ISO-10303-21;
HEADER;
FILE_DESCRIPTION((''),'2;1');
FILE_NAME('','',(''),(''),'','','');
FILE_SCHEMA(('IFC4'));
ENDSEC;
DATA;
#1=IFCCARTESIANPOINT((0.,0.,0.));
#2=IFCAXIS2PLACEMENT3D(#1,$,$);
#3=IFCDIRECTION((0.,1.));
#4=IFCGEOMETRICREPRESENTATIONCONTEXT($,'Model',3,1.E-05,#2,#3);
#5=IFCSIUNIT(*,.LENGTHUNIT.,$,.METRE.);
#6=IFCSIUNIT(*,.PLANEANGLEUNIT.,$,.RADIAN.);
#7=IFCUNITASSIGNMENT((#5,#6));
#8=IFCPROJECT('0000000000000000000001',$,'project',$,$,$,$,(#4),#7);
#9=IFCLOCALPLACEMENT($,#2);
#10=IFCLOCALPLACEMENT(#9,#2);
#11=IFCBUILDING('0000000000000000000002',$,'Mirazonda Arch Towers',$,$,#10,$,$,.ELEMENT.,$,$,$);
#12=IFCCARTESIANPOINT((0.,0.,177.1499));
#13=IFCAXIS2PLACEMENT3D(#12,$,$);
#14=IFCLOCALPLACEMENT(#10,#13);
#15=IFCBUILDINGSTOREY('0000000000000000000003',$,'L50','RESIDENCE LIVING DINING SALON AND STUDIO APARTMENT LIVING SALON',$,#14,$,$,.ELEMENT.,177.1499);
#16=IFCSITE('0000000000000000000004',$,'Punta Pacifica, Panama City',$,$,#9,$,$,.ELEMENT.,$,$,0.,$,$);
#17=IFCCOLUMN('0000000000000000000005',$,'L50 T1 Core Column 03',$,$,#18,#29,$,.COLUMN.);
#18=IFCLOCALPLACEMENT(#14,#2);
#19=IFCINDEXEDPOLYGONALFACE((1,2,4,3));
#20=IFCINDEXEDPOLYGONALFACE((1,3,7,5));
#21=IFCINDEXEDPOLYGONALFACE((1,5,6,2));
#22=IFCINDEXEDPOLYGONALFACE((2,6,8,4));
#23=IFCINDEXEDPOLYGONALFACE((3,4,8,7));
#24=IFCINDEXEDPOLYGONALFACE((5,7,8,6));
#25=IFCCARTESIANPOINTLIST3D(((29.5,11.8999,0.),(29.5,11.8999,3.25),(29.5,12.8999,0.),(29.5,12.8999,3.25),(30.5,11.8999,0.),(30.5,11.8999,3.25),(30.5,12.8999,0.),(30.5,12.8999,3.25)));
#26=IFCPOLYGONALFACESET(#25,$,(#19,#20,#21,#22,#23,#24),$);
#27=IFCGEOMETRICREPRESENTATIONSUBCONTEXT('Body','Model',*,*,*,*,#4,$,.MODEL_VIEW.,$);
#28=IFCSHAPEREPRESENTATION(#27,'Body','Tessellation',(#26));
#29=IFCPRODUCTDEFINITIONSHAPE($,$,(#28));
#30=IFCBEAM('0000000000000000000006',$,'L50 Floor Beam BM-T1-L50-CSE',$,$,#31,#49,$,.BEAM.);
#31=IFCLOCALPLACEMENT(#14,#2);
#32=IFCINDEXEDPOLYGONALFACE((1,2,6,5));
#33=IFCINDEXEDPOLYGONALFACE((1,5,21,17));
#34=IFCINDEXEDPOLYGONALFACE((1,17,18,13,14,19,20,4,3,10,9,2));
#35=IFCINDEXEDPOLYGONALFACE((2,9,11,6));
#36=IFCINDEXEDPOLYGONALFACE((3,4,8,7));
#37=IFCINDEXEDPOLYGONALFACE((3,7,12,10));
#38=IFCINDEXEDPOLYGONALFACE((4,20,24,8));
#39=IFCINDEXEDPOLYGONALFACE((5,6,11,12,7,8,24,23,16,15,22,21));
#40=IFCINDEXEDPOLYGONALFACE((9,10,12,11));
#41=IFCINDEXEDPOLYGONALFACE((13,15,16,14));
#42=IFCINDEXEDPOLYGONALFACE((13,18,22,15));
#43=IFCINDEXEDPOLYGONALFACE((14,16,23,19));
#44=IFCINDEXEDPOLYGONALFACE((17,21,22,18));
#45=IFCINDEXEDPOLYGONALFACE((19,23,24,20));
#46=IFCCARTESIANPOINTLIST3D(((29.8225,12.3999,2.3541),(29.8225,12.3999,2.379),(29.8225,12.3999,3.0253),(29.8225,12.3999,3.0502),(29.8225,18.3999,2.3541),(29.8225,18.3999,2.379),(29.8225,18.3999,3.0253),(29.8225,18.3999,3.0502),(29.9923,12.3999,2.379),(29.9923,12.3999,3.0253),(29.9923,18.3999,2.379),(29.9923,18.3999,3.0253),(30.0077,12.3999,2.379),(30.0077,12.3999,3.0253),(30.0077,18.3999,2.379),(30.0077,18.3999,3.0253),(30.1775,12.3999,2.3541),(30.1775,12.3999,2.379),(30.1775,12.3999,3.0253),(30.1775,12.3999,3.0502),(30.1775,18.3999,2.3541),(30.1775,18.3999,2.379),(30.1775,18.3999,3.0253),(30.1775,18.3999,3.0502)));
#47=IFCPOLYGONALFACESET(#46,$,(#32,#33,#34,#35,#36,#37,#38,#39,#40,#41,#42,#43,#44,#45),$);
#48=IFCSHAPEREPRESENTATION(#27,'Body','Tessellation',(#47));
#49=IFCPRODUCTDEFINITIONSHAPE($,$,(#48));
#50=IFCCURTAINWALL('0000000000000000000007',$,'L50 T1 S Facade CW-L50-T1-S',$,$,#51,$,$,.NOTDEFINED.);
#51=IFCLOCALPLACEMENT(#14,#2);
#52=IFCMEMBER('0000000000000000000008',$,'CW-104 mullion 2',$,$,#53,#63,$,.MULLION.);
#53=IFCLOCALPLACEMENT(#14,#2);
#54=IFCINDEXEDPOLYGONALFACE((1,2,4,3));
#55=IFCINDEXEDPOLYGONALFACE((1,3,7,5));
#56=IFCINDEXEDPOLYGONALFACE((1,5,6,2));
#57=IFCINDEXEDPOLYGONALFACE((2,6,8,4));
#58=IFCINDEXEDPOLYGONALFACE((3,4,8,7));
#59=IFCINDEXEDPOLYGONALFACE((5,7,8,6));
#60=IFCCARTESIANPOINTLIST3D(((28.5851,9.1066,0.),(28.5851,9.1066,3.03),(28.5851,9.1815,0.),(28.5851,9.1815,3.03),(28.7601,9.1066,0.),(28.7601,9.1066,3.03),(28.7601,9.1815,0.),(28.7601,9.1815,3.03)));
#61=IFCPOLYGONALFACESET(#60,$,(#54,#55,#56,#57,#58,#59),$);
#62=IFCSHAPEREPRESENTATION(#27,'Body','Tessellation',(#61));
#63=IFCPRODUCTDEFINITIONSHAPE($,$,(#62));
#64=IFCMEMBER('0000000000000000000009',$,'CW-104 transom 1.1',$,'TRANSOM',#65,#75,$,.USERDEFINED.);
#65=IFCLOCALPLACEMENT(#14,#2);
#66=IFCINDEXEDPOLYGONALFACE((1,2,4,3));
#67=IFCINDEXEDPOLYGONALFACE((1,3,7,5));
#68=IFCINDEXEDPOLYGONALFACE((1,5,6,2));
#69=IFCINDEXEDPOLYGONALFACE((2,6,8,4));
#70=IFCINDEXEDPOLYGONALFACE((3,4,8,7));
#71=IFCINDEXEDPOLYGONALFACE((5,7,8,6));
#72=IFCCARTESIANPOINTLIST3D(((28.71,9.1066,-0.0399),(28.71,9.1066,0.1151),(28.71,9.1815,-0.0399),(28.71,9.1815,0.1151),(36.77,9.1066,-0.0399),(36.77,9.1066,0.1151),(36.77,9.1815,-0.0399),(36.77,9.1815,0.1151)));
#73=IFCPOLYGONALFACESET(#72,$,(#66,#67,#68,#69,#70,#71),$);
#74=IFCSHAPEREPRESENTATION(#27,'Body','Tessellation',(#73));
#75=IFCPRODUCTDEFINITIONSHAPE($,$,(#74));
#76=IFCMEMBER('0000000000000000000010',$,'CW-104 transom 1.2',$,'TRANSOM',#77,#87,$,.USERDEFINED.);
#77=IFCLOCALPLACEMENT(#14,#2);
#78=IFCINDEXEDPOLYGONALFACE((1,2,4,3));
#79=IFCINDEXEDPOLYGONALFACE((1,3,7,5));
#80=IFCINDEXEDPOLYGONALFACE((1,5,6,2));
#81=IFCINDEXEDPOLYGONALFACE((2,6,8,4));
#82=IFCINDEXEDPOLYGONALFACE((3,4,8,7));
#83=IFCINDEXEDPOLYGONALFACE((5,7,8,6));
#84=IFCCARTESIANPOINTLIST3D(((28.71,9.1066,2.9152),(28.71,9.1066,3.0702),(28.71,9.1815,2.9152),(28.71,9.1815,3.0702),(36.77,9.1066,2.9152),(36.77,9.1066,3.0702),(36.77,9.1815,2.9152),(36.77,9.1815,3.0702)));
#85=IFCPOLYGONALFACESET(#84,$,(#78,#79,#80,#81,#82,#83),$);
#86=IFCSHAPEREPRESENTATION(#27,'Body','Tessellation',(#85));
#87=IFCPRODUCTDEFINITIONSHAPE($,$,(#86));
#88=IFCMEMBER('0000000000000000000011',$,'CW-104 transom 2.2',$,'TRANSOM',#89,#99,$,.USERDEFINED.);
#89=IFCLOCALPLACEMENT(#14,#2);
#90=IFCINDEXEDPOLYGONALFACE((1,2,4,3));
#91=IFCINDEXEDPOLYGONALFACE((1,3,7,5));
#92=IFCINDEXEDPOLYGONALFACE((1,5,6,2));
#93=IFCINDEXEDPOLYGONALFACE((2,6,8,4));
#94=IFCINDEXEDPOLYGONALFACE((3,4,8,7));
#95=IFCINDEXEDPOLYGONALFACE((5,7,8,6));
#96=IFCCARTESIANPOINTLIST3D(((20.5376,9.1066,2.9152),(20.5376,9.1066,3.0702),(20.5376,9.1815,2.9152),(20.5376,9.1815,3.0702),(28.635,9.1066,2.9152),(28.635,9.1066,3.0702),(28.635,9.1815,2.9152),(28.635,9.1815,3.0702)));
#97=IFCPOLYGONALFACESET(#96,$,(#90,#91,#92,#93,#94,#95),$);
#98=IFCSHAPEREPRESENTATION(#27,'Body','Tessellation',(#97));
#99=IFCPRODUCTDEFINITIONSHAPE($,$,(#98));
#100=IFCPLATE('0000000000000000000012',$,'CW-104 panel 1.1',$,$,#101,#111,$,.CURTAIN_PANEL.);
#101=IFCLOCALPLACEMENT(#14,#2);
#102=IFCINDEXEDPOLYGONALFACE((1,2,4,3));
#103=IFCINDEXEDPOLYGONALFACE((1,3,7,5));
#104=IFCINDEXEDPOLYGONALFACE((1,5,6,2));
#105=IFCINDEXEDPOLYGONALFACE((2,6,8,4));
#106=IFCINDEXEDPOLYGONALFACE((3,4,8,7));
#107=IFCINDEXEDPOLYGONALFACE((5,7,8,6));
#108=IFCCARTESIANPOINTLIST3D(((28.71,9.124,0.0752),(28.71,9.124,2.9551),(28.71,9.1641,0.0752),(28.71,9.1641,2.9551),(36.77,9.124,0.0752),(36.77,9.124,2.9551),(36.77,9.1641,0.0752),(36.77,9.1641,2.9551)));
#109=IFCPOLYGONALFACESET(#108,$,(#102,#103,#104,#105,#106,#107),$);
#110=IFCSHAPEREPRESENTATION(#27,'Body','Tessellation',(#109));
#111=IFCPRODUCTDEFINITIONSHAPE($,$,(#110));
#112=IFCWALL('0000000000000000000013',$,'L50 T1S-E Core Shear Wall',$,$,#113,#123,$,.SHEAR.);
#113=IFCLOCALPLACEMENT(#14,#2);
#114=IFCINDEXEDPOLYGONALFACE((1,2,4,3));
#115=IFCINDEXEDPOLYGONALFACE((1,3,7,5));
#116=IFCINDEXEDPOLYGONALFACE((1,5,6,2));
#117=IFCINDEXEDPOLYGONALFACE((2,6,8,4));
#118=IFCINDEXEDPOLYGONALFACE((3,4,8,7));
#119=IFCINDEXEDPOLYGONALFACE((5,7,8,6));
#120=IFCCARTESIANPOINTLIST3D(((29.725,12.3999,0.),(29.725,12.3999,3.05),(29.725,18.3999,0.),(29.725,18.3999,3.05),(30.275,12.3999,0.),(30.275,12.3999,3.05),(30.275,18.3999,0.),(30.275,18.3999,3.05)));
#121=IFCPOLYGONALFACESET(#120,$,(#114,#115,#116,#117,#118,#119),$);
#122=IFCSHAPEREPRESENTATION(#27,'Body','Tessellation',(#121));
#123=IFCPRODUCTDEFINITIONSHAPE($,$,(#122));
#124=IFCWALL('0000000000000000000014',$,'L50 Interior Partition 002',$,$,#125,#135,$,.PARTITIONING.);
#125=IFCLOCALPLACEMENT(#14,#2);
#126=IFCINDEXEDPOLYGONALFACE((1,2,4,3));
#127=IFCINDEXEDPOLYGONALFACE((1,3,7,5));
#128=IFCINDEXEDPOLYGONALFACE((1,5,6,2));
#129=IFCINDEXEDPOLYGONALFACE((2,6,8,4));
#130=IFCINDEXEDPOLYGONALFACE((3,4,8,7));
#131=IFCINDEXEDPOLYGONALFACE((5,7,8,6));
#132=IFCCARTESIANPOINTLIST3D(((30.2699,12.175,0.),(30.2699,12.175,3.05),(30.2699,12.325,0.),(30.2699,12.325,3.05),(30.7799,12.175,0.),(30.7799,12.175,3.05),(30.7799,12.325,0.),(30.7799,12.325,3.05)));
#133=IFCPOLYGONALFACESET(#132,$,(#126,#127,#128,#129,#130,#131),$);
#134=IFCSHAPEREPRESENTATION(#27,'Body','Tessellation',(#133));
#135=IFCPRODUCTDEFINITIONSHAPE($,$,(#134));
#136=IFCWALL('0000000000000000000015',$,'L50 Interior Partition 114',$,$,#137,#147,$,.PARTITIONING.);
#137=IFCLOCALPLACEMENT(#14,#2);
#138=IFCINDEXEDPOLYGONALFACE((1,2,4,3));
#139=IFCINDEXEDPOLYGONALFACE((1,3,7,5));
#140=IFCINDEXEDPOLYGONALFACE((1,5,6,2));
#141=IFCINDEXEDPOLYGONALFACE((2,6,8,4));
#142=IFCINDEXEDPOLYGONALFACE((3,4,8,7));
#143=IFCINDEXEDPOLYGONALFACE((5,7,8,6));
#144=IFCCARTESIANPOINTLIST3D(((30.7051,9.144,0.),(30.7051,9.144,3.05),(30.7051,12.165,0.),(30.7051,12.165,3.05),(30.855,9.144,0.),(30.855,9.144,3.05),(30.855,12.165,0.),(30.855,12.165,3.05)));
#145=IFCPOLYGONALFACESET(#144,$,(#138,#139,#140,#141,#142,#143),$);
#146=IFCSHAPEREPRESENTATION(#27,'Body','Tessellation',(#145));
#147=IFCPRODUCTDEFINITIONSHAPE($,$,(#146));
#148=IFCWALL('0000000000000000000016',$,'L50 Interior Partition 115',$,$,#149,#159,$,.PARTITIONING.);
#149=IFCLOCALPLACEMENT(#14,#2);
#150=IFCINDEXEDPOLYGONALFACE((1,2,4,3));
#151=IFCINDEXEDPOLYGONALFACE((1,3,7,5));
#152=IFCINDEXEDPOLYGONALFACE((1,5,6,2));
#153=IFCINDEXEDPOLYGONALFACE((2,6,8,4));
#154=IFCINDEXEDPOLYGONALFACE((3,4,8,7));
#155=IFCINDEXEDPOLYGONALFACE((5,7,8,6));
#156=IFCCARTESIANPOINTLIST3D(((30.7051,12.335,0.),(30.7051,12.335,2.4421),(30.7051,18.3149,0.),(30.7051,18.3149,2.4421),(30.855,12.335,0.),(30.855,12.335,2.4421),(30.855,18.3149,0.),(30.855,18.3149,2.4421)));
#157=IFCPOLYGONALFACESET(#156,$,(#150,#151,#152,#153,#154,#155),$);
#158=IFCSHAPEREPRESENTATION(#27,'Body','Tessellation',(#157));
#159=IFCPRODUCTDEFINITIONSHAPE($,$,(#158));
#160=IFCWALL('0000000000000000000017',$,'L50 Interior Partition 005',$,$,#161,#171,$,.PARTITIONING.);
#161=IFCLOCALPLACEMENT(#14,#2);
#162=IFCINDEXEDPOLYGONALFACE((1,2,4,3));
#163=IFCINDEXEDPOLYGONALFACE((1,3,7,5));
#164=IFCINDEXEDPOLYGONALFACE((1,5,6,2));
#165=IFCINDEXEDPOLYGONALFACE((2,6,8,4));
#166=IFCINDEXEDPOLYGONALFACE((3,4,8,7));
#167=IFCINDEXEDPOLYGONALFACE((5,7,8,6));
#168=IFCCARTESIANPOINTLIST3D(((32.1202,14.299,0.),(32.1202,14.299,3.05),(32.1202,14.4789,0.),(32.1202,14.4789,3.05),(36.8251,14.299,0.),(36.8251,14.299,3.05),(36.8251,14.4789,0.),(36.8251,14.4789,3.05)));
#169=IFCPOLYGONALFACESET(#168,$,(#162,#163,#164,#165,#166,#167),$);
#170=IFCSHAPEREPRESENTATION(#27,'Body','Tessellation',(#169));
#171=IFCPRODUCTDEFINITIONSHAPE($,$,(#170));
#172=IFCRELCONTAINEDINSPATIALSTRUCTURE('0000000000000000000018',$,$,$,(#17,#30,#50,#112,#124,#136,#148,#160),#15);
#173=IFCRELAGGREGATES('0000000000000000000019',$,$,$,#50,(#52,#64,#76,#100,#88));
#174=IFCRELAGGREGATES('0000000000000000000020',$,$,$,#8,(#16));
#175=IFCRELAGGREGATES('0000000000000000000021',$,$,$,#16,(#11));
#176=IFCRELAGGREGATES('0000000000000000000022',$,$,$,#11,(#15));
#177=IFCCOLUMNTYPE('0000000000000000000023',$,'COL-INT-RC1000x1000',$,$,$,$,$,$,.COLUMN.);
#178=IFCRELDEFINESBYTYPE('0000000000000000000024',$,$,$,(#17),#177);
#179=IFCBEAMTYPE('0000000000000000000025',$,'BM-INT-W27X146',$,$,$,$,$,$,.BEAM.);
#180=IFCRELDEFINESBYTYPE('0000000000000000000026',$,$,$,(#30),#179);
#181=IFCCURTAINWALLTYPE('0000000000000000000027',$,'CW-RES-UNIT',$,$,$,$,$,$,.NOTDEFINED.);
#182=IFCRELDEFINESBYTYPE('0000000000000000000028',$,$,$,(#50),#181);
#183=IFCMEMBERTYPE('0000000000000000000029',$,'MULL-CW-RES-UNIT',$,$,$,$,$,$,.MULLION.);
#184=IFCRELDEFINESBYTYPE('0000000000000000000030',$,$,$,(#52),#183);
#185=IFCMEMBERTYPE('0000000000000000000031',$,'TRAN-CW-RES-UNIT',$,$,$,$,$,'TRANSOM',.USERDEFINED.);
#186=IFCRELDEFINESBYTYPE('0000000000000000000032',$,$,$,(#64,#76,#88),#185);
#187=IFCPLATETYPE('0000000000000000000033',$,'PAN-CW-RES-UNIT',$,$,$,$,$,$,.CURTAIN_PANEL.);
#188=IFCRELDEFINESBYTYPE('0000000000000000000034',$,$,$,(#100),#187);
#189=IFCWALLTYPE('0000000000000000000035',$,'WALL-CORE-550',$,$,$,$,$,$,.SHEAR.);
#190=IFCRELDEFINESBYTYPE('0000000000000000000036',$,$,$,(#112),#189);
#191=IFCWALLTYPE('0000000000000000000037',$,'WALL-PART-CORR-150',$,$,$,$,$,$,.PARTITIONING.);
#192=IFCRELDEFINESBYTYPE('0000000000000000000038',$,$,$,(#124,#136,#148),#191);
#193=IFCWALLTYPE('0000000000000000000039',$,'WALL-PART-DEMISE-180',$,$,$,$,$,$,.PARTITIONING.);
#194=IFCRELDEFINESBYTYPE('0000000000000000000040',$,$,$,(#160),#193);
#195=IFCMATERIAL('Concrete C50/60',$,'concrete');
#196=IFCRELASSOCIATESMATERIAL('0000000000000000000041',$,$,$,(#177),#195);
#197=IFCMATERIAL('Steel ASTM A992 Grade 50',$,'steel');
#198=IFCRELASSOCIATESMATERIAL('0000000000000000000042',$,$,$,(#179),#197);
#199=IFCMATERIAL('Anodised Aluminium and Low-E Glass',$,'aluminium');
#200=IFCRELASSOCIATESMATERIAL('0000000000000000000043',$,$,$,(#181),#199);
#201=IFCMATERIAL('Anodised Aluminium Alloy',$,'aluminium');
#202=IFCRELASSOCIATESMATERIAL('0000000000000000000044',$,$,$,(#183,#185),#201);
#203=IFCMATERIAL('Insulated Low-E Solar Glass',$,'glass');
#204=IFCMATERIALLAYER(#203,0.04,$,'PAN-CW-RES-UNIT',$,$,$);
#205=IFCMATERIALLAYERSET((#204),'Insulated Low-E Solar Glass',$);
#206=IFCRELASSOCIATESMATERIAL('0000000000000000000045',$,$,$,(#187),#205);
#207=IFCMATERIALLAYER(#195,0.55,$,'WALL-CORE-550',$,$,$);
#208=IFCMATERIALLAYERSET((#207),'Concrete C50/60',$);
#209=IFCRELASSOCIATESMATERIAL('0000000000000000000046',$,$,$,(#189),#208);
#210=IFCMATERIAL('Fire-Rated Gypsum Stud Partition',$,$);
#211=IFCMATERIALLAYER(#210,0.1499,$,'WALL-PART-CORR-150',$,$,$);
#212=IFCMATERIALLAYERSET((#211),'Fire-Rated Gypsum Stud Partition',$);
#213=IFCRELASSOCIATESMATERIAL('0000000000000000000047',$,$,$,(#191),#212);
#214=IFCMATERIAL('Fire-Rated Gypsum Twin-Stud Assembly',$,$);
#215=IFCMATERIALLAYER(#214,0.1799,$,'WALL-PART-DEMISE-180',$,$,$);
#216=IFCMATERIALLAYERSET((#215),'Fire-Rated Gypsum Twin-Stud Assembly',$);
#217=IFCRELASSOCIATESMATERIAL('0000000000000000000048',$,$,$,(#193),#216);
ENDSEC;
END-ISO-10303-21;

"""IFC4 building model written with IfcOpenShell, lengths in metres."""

from ifc_helpers import new_model, si_unit, direction, frame, frame_2d, origin, origin_2d, place, context, subcontext, project, spatial, rectangle, i_section, extrude, material, layer, layer_set, material_profile, profile_set, type_object, element, aggregate, save


model = new_model("IFC4")

# Units and contexts
model_context = context("Model", 3, precision=1e-05, world=origin(), true_north=direction((0.0, 1.0)))
body_context = subcontext(model_context, "Body", "Model", "MODEL_VIEW")
ifc_project = project(units=[si_unit("LENGTHUNIT", "METRE"), si_unit("PLANEANGLEUNIT", "RADIAN")], contexts=[model_context])

# Site, building, storey
site_placement = place(None, origin())
site = spatial("IfcSite", under=ifc_project, at=site_placement, Name="Punta Pacifica, Panama City", CompositionType="ELEMENT", RefElevation=0.0)
building_placement = place(site_placement, origin())
building = spatial("IfcBuilding", under=site, at=building_placement, Name="Mirazonda Arch Towers", CompositionType="ELEMENT")
storey_placement = place(building_placement, frame((0.0, 0.0, 177.1499)))
storey = spatial("IfcBuildingStorey", under=building, at=storey_placement, Name="L50", Description="RESIDENCE LIVING DINING SALON AND STUDIO APARTMENT LIVING SALON", CompositionType="ELEMENT", Elevation=177.1499)

# Column
ifc_material_1 = material(Name="Concrete C50/60", Category="concrete")
ifc_material_profile_1 = material_profile(ifc_material_1, rectangle(XDim=1.0, YDim=1.0, at=origin_2d()), Name="RC1000x1000")
ifc_profile_set_1 = profile_set([ifc_material_profile_1], Name="Concrete C50/60")
column_type = type_object("IfcColumnType", Name="COL-INT-RC1000x1000", PredefinedType="COLUMN", material=ifc_profile_set_1)
column_placement = place(storey_placement, frame((30.0, 12.3999, 0.0), z_axis=(0.0, 0.0, 1.0), x_axis=(1.0, 0.0, 0.0)))
element("IfcColumn", 1, at=column_placement, inside=storey, type_object=column_type, Name="L50 T1 Core Column 03", PredefinedType="COLUMN", context=body_context, shape_type="SweptSolid", body=[
    extrude(rectangle(XDim=1.0, YDim=1.0, at=origin_2d()), origin(), (0.0, 0.0, 1.0), 3.25),
])

# Beam
ifc_material_2 = material(Name="Steel ASTM A992 Grade 50", Category="steel")
ifc_material_profile_2 = material_profile(ifc_material_2, i_section(OverallWidth=0.355, OverallDepth=0.696, WebThickness=0.0154, FlangeThickness=0.0249, at=origin_2d()), Name="W27X146")
ifc_profile_set_2 = profile_set([ifc_material_profile_2], Name="Steel ASTM A992 Grade 50")
beam_type = type_object("IfcBeamType", Name="BM-INT-W27X146", PredefinedType="BEAM", material=ifc_profile_set_2)
beam_placement = place(storey_placement, frame((30.0, 12.3999, 2.7021), z_axis=(0.0, 1.0, 0.0), x_axis=(-1.0, 0.0, 0.0)))
element("IfcBeam", 2, at=beam_placement, inside=storey, type_object=beam_type, Name="L50 Floor Beam BM-T1-L50-CSE", PredefinedType="BEAM", context=body_context, shape_type="SweptSolid", body=[
    extrude(i_section(OverallWidth=0.355, OverallDepth=0.696, WebThickness=0.0154, FlangeThickness=0.0249, at=origin_2d()), origin(), (0.0, 0.0, 1.0), 6.0),
])

# Curtain wall, members, plate
ifc_material_3 = material(Name="Anodised Aluminium and Low-E Glass", Category="aluminium")
curtain_wall_type = type_object("IfcCurtainWallType", Name="CW-RES-UNIT", PredefinedType="NOTDEFINED", material=ifc_material_3)
curtain_wall_placement = place(storey_placement, origin())
curtain_wall = element("IfcCurtainWall", 3, at=curtain_wall_placement, inside=storey, type_object=curtain_wall_type, Name="L50 T1 S Facade CW-L50-T1-S", PredefinedType="NOTDEFINED")
ifc_material_4 = material(Name="Anodised Aluminium Alloy", Category="aluminium")
ifc_material_profile_3 = material_profile(ifc_material_4, rectangle(XDim=0.075, YDim=0.175, at=origin_2d()), Name="ALU-MULL-75x175")
ifc_profile_set_3 = profile_set([ifc_material_profile_3], Name="Anodised Aluminium Alloy")
member_type_1 = type_object("IfcMemberType", Name="MULL-CW-RES-UNIT", PredefinedType="MULLION", material=ifc_profile_set_3)
member_1_placement = place(storey_placement, frame((28.6726, 9.144, 0.0), z_axis=(0.0, 0.0, 1.0), x_axis=(0.0, -1.0, 0.0)))
member_1 = element("IfcMember", 4, at=member_1_placement, type_object=member_type_1, Name="CW-104 mullion 2", PredefinedType="MULLION", context=body_context, shape_type="SweptSolid", body=[
    extrude(rectangle(XDim=0.075, YDim=0.175, at=origin_2d()), origin(), (0.0, 0.0, 1.0), 3.03),
])
ifc_material_profile_4 = material_profile(ifc_material_4, rectangle(XDim=0.075, YDim=0.155, at=origin_2d()), Name="ALU-TRAN-75x155")
ifc_profile_set_4 = profile_set([ifc_material_profile_4], Name="Anodised Aluminium Alloy")
member_type_2 = type_object("IfcMemberType", Name="TRAN-CW-RES-UNIT", ElementType="TRANSOM", PredefinedType="USERDEFINED", material=ifc_profile_set_4)
member_2_placement = place(storey_placement, frame((36.77, 9.144, 0.0376), z_axis=(-1.0, 0.0, 0.0), x_axis=(0.0, -1.0, 0.0)))
member_2 = element("IfcMember", 5, at=member_2_placement, type_object=member_type_2, Name="CW-104 transom 1.1", ObjectType="TRANSOM", PredefinedType="USERDEFINED", context=body_context, shape_type="SweptSolid", body=[
    extrude(rectangle(XDim=0.075, YDim=0.155, at=origin_2d()), origin(), (0.0, 0.0, 1.0), 8.0601),
])
member_3_placement = place(storey_placement, frame((36.77, 9.144, 2.9927), z_axis=(-1.0, 0.0, 0.0), x_axis=(0.0, -1.0, 0.0)))
member_3 = element("IfcMember", 6, at=member_3_placement, type_object=member_type_2, Name="CW-104 transom 1.2", ObjectType="TRANSOM", PredefinedType="USERDEFINED", context=body_context, shape_type="SweptSolid", body=[
    extrude(rectangle(XDim=0.075, YDim=0.155, at=origin_2d()), origin(), (0.0, 0.0, 1.0), 8.0601),
])
member_4_placement = place(storey_placement, frame((28.635, 9.144, 2.9927), z_axis=(-1.0, 0.0, 0.0), x_axis=(0.0, -1.0, 0.0)))
member_4 = element("IfcMember", 7, at=member_4_placement, type_object=member_type_2, Name="CW-104 transom 2.2", ObjectType="TRANSOM", PredefinedType="USERDEFINED", context=body_context, shape_type="SweptSolid", body=[
    extrude(rectangle(XDim=0.075, YDim=0.155, at=origin_2d()), origin(), (0.0, 0.0, 1.0), 8.0974),
])
ifc_material_5 = material(Name="Insulated Low-E Solar Glass", Category="glass")
ifc_layer_1 = layer(ifc_material_5, 0.04, Name="PAN-CW-RES-UNIT")
ifc_layer_set_1 = layer_set([ifc_layer_1], Name="Insulated Low-E Solar Glass")
plate_type = type_object("IfcPlateType", Name="PAN-CW-RES-UNIT", PredefinedType="CURTAIN_PANEL", material=ifc_layer_set_1)
plate_placement = place(storey_placement, frame((32.74, 9.144, 0.0752), z_axis=(0.0, 0.0, 1.0), x_axis=(-1.0, 0.0, 0.0)))
plate = element("IfcPlate", 8, at=plate_placement, type_object=plate_type, Name="CW-104 panel 1.1", PredefinedType="CURTAIN_PANEL", context=body_context, shape_type="SweptSolid", body=[
    extrude(rectangle(XDim=8.0601, YDim=0.04, at=origin_2d()), origin(), (0.0, 0.0, 1.0), 2.8799),
])
aggregate(curtain_wall, [member_1, member_2, member_3, plate, member_4])

# Walls
ifc_layer_2 = layer(ifc_material_1, 0.55, Name="WALL-CORE-550")
ifc_layer_set_2 = layer_set([ifc_layer_2], Name="Concrete C50/60")
wall_type_1 = type_object("IfcWallType", Name="WALL-CORE-550", PredefinedType="SHEAR", material=ifc_layer_set_2)
wall_1_placement = place(storey_placement, frame((30.0, 12.3999, 0.0), z_axis=(0.0, 0.0, 1.0), x_axis=(0.0, 1.0, 0.0)))
element("IfcWall", 9, at=wall_1_placement, inside=storey, type_object=wall_type_1, Name="L50 T1S-E Core Shear Wall", PredefinedType="SHEAR", context=body_context, shape_type="SweptSolid", body=[
    extrude(rectangle(XDim=6.0, YDim=0.55, at=frame_2d((3.0, 0.0))), origin(), (0.0, 0.0, 1.0), 3.05),
])
ifc_material_6 = material(Name="Fire-Rated Gypsum Stud Partition")
ifc_layer_3 = layer(ifc_material_6, 0.1499, Name="WALL-PART-CORR-150")
ifc_layer_set_3 = layer_set([ifc_layer_3], Name="Fire-Rated Gypsum Stud Partition")
wall_type_2 = type_object("IfcWallType", Name="WALL-PART-CORR-150", PredefinedType="PARTITIONING", material=ifc_layer_set_3)
wall_2_placement = place(storey_placement, frame((30.27, 12.25, 0.0), z_axis=(0.0, 0.0, 1.0), x_axis=(1.0, 0.0, 0.0)))
element("IfcWall", 10, at=wall_2_placement, inside=storey, type_object=wall_type_2, Name="L50 Interior Partition 002", PredefinedType="PARTITIONING", context=body_context, shape_type="SweptSolid", body=[
    extrude(rectangle(XDim=0.51, YDim=0.1499, at=frame_2d((0.2549, 0.0))), origin(), (0.0, 0.0, 1.0), 3.05),
])
wall_3_placement = place(storey_placement, frame((30.78, 9.144, 0.0), z_axis=(0.0, 0.0, 1.0), x_axis=(0.0, 1.0, 0.0)))
element("IfcWall", 11, at=wall_3_placement, inside=storey, type_object=wall_type_2, Name="L50 Interior Partition 114", PredefinedType="PARTITIONING", context=body_context, shape_type="SweptSolid", body=[
    extrude(rectangle(XDim=3.021, YDim=0.1499, at=frame_2d((1.5105, 0.0))), origin(), (0.0, 0.0, 1.0), 3.05),
])
wall_4_placement = place(storey_placement, frame((30.78, 12.335, 0.0), z_axis=(0.0, 0.0, 1.0), x_axis=(0.0, 1.0, 0.0)))
element("IfcWall", 12, at=wall_4_placement, inside=storey, type_object=wall_type_2, Name="L50 Interior Partition 115", PredefinedType="PARTITIONING", context=body_context, shape_type="SweptSolid", body=[
    extrude(rectangle(XDim=5.98, YDim=0.1499, at=frame_2d((2.99, 0.0))), origin(), (0.0, 0.0, 1.0), 2.4421),
])
ifc_material_7 = material(Name="Fire-Rated Gypsum Twin-Stud Assembly")
ifc_layer_4 = layer(ifc_material_7, 0.1799, Name="WALL-PART-DEMISE-180")
ifc_layer_set_4 = layer_set([ifc_layer_4], Name="Fire-Rated Gypsum Twin-Stud Assembly")
wall_type_3 = type_object("IfcWallType", Name="WALL-PART-DEMISE-180", PredefinedType="PARTITIONING", material=ifc_layer_set_4)
wall_5_placement = place(storey_placement, frame((32.1201, 14.3889, 0.0), z_axis=(0.0, 0.0, 1.0), x_axis=(1.0, 0.0, 0.0)))
element("IfcWall", 13, at=wall_5_placement, inside=storey, type_object=wall_type_3, Name="L50 Interior Partition 005", PredefinedType="PARTITIONING", context=body_context, shape_type="SweptSolid", body=[
    extrude(rectangle(XDim=4.7048, YDim=0.1799, at=frame_2d((2.3525, 0.0))), origin(), (0.0, 0.0, 1.0), 3.05),
])

save(model, "model.ifc")
